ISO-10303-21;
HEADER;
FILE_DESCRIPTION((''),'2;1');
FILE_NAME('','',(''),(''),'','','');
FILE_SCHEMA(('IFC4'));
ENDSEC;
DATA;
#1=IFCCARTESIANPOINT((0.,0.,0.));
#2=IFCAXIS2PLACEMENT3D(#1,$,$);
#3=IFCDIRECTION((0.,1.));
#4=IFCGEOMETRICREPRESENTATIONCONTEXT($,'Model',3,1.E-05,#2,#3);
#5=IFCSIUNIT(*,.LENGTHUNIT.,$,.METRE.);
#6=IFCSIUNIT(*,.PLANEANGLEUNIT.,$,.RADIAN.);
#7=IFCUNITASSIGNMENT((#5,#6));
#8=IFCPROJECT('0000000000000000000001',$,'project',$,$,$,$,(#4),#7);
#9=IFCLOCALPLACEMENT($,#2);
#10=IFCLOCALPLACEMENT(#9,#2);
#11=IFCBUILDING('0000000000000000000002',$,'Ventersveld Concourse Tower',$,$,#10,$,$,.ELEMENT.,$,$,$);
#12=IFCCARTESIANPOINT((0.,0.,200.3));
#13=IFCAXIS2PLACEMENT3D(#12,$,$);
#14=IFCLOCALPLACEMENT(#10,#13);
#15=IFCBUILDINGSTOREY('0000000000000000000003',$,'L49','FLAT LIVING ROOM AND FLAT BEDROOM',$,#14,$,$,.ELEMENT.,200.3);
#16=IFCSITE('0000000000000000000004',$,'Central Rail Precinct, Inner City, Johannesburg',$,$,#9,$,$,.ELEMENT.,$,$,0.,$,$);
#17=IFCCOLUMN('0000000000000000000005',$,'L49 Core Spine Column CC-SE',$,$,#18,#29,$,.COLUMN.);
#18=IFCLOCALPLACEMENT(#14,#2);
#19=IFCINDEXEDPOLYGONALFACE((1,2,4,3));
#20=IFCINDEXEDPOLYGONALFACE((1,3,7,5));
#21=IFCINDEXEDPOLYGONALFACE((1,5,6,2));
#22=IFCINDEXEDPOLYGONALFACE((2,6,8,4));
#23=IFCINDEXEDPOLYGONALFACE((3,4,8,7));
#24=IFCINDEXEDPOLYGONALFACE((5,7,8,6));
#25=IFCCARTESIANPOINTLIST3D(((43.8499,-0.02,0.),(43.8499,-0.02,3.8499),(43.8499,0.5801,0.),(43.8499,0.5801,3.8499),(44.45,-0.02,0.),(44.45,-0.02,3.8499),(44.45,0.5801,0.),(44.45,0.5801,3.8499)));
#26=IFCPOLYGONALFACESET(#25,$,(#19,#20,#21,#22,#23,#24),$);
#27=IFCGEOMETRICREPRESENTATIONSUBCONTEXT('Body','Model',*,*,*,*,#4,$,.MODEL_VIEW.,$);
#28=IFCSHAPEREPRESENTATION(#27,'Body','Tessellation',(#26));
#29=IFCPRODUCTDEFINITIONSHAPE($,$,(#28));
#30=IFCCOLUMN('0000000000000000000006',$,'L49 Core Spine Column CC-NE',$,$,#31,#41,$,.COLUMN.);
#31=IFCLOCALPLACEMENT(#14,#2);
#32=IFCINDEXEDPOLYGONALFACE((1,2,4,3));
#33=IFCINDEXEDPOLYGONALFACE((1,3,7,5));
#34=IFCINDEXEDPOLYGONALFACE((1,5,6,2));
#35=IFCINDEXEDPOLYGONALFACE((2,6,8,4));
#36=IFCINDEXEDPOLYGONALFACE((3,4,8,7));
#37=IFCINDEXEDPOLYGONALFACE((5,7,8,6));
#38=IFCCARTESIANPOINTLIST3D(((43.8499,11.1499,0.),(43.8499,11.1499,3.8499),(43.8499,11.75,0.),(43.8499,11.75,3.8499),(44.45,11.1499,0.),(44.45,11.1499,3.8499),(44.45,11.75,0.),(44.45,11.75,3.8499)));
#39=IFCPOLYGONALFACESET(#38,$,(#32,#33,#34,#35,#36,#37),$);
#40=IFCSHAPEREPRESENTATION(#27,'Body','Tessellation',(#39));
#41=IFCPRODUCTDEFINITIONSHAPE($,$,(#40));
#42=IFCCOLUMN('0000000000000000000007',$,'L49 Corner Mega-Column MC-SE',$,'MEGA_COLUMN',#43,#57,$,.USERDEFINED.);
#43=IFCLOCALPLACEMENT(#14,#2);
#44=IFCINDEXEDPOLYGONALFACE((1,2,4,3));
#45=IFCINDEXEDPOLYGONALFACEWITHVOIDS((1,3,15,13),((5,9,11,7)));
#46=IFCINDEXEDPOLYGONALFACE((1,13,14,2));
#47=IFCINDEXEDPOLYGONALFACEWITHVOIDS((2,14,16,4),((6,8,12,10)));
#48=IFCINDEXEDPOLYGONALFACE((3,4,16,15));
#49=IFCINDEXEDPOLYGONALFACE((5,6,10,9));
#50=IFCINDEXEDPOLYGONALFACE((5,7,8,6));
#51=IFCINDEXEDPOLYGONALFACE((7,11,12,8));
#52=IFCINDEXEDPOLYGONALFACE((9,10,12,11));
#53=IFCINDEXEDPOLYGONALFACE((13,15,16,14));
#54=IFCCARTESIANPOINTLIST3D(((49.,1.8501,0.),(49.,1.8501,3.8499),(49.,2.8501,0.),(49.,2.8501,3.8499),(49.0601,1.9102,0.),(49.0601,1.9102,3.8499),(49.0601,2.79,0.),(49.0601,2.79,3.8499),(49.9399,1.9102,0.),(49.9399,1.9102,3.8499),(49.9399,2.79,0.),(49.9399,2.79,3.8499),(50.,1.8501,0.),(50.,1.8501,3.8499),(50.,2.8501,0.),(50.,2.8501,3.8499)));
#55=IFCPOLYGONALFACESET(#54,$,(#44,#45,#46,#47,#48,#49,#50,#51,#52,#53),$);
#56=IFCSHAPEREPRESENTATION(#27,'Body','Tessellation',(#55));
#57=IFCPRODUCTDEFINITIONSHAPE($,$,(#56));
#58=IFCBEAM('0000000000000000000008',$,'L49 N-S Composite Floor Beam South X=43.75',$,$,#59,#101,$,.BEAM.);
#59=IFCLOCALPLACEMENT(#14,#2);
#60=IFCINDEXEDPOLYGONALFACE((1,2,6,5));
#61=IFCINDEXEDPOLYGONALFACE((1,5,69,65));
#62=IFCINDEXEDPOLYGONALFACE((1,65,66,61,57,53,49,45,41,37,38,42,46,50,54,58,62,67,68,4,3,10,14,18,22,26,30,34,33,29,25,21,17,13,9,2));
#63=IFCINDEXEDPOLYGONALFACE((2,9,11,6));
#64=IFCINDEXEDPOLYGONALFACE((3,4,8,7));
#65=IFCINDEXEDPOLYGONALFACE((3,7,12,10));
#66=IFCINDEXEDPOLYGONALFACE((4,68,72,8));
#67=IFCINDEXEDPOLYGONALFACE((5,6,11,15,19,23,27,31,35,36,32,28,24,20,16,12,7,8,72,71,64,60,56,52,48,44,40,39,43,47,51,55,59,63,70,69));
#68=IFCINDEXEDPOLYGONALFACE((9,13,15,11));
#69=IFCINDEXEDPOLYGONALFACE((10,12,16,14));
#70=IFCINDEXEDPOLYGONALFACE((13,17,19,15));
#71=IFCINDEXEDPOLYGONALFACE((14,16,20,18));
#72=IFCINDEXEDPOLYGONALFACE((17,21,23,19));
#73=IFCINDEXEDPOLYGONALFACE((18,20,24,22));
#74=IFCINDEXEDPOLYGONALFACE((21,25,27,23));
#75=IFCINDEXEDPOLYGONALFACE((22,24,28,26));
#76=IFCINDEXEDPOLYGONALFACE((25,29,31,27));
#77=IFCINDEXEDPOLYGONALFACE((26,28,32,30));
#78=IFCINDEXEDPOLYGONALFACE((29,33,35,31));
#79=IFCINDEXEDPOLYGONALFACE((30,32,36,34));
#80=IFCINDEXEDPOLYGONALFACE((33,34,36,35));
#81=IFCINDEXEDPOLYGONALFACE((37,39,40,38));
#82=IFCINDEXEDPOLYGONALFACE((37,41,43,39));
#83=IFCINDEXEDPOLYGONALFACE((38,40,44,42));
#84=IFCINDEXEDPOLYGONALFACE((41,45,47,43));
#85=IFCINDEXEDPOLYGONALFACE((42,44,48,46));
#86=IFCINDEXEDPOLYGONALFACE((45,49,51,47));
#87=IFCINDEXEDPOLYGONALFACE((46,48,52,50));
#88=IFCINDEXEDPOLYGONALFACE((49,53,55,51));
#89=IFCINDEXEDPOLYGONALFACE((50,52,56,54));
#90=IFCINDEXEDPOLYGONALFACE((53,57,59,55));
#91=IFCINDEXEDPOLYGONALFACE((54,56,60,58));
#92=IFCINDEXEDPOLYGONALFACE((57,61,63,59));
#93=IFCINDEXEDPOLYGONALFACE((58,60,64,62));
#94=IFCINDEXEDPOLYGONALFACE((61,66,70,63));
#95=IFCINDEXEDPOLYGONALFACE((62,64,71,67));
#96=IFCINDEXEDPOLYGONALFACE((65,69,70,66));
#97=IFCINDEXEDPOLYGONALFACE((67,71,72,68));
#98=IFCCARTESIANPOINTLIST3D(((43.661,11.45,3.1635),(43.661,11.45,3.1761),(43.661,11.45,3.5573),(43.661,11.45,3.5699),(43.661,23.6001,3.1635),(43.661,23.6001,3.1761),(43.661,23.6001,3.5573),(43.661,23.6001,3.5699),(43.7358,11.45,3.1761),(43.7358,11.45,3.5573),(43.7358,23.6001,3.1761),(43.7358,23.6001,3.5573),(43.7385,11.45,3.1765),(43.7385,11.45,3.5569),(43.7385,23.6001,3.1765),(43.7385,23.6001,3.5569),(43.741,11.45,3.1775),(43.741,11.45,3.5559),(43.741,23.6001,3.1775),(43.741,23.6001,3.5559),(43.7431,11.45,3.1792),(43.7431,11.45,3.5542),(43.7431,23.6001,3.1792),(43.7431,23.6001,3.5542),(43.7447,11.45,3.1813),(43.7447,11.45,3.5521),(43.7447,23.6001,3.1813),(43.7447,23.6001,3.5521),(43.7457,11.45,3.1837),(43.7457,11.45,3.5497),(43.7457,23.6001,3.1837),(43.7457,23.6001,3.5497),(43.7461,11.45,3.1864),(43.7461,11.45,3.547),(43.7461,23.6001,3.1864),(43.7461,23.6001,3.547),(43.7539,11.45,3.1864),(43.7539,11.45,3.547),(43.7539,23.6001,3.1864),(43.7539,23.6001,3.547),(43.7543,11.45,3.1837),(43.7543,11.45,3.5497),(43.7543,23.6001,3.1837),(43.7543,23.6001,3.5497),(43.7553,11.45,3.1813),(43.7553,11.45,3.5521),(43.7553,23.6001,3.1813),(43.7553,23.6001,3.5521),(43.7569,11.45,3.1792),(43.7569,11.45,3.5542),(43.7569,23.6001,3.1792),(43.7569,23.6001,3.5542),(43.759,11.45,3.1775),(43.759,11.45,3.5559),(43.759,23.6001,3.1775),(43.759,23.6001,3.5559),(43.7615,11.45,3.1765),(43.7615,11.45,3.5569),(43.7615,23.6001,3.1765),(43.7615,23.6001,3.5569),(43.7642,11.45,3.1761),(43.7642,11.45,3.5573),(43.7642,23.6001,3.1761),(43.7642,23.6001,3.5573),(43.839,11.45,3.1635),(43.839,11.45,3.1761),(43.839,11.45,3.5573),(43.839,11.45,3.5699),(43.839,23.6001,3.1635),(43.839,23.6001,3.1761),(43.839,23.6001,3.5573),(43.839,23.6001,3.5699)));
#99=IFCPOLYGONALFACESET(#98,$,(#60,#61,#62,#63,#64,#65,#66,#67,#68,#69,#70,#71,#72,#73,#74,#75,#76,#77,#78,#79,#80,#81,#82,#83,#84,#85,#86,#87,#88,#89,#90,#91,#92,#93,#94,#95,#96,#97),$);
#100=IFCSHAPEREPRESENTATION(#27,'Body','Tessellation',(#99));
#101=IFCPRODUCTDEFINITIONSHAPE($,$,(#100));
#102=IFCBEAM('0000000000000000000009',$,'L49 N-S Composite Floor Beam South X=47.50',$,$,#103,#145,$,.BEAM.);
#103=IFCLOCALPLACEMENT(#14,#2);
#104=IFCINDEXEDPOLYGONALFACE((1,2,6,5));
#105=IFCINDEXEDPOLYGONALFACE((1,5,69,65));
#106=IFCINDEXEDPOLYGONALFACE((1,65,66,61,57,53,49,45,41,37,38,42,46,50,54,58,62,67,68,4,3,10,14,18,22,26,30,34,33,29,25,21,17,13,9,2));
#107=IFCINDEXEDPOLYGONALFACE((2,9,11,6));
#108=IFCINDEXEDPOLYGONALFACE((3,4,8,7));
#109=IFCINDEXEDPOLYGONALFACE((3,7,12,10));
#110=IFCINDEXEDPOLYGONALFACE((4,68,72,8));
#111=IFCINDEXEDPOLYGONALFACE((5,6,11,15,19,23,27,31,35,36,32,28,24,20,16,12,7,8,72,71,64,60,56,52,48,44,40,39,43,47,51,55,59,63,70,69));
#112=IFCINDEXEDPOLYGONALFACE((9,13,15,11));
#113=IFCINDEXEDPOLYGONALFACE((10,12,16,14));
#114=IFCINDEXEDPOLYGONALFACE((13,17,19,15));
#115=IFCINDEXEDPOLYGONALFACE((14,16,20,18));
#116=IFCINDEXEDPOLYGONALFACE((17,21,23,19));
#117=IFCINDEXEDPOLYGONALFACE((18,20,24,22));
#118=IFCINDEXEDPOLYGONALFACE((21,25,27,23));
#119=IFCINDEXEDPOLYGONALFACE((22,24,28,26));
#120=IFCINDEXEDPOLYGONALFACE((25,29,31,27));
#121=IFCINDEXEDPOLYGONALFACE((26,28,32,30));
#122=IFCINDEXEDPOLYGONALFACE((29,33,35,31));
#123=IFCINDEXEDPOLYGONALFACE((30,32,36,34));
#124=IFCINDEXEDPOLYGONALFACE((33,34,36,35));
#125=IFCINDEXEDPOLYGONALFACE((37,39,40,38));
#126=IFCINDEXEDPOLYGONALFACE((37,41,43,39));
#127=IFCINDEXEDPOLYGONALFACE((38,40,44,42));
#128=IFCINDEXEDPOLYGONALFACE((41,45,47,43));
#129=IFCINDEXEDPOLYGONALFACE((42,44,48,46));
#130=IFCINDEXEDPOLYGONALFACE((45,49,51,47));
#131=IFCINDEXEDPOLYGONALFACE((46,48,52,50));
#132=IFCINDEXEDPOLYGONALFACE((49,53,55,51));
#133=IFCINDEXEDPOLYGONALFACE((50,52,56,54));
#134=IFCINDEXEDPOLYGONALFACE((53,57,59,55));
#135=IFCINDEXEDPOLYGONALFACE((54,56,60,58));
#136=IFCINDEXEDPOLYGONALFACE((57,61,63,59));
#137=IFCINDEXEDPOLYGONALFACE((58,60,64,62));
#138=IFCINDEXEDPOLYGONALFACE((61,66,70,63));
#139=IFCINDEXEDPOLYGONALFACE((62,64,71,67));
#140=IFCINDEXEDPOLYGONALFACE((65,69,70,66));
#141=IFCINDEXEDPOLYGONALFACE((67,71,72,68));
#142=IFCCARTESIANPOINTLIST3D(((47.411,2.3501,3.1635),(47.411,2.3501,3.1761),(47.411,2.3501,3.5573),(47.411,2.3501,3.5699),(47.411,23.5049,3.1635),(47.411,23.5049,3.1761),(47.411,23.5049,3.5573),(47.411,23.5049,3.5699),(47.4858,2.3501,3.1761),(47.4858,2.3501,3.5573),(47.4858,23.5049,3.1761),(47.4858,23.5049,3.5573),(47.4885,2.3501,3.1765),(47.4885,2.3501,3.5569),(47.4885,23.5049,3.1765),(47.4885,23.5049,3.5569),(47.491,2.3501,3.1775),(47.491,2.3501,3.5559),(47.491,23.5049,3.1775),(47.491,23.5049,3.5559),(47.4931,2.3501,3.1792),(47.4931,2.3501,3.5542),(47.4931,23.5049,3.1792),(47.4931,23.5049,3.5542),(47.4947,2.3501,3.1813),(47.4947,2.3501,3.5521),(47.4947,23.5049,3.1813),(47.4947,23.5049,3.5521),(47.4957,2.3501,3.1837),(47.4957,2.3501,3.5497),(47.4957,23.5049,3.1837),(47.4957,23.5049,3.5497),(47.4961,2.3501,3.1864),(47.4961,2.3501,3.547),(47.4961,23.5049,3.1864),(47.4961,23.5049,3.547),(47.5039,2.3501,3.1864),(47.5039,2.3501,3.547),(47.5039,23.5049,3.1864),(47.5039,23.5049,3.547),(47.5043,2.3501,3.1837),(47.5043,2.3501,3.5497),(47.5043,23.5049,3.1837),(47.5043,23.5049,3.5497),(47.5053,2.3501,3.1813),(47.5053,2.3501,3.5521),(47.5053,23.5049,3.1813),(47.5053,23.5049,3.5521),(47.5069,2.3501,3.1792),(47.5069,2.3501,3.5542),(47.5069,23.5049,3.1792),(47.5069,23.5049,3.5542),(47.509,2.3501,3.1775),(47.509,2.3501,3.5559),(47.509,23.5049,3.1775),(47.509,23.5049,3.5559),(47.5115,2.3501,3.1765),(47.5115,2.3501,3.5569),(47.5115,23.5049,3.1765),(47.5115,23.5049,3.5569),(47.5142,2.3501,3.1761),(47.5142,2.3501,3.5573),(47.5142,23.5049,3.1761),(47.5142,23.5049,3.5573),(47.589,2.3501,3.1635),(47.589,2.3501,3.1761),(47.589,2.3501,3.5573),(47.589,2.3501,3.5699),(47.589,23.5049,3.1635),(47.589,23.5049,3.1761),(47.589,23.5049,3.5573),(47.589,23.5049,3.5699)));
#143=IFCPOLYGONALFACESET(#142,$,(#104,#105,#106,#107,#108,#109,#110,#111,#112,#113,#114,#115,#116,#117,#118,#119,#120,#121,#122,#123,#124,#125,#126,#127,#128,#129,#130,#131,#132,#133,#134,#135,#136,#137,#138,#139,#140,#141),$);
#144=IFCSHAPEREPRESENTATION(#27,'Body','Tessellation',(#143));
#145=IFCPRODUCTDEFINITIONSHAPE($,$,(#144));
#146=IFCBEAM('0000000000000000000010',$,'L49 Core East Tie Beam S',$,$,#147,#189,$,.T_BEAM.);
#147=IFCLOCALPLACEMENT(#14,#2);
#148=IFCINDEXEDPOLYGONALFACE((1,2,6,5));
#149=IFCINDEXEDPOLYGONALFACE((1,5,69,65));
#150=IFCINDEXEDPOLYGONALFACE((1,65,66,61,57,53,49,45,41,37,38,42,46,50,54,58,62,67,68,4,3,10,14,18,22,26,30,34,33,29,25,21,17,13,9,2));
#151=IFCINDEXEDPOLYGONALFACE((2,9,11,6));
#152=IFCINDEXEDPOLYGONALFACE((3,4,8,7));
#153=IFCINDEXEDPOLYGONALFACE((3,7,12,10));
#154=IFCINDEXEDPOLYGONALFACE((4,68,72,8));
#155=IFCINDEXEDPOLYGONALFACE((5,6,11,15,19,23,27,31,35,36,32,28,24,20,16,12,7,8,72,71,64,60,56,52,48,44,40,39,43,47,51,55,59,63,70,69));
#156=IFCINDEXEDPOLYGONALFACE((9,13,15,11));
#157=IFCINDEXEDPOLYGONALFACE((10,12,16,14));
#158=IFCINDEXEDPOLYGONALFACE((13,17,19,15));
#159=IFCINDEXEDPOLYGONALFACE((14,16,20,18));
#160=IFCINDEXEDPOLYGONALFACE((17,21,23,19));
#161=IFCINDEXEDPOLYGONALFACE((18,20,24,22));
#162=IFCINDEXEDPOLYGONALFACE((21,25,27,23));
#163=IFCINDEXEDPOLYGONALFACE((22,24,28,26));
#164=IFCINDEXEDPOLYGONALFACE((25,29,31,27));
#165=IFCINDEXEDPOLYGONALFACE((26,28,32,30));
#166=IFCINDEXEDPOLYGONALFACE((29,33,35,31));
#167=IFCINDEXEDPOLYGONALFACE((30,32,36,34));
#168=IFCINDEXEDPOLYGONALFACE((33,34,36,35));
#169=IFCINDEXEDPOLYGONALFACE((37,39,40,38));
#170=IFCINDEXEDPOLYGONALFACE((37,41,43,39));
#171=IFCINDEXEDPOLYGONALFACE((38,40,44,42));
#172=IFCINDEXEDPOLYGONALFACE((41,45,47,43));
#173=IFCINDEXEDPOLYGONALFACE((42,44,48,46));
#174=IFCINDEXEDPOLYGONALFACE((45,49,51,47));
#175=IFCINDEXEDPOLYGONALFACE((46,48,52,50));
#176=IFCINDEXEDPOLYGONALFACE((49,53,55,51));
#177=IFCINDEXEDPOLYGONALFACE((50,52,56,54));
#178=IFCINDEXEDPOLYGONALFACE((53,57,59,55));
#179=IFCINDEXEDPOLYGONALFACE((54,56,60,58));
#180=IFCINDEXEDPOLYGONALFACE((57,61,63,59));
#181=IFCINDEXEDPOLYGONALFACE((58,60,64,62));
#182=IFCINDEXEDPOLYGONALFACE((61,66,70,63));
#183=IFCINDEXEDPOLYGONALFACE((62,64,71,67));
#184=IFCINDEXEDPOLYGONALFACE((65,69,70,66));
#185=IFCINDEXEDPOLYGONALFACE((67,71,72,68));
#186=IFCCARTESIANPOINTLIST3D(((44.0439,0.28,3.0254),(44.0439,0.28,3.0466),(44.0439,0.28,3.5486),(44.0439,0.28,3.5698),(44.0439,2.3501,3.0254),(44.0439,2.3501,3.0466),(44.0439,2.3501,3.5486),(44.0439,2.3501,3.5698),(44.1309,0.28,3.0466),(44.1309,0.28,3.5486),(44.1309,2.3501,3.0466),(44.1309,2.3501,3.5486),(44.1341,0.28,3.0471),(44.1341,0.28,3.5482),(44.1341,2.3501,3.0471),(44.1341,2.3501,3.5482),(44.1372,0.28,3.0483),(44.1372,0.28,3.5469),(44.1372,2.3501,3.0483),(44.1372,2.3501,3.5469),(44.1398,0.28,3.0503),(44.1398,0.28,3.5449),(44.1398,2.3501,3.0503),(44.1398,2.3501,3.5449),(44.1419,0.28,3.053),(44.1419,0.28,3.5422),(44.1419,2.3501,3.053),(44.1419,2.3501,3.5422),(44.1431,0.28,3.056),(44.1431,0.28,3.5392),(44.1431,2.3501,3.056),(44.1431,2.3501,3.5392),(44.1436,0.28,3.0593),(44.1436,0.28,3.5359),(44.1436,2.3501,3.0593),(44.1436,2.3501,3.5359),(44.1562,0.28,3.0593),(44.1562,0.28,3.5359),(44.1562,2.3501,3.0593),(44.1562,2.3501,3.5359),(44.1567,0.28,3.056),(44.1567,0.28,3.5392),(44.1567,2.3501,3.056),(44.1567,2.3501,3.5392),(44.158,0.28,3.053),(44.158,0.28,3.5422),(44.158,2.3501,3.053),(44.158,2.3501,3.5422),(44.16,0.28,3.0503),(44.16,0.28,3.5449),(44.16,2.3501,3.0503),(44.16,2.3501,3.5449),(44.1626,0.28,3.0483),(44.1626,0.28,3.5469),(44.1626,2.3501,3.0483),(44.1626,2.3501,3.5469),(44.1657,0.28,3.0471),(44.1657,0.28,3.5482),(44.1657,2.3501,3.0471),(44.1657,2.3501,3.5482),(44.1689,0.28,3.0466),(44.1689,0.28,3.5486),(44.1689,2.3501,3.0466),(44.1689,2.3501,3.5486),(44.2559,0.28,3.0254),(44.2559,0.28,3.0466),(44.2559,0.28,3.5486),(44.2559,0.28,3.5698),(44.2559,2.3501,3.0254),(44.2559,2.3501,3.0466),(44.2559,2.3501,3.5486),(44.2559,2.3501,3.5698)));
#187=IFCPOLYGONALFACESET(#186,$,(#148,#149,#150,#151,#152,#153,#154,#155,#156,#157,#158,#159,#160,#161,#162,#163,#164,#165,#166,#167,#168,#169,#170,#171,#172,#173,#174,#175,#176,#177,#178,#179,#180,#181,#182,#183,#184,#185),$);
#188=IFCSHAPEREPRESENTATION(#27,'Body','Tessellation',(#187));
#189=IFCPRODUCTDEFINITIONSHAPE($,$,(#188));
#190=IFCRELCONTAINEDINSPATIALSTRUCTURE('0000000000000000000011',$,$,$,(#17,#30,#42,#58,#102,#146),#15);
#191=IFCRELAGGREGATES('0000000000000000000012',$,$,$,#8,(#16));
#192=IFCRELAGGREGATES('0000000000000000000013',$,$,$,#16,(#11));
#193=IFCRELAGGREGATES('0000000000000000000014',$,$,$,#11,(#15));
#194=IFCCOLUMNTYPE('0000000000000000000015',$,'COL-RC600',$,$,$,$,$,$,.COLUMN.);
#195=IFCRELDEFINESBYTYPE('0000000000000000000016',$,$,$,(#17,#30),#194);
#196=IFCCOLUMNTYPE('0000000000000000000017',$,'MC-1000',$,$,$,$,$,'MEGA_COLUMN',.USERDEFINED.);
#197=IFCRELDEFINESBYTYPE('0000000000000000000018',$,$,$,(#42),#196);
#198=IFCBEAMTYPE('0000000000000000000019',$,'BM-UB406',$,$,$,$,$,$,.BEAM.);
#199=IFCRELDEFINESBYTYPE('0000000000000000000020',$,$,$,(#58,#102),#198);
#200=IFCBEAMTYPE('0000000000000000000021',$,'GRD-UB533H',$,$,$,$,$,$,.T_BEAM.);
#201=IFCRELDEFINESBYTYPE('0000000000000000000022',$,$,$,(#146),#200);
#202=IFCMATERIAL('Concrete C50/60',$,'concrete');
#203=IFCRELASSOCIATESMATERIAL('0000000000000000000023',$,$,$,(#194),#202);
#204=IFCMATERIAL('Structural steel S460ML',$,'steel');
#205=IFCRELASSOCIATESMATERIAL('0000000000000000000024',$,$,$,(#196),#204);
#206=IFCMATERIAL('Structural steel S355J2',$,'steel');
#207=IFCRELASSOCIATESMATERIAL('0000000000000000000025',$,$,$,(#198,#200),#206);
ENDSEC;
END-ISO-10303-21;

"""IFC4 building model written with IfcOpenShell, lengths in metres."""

from ifc_helpers import new_model, si_unit, direction, frame, origin, origin_2d, place, context, subcontext, project, spatial, rectangle, hollow_rectangle, i_section, extrude, material, material_profile, profile_set, type_object, element, save


model = new_model("IFC4")

# Units and contexts
model_context = context("Model", 3, precision=1e-05, world=origin(), true_north=direction((0.0, 1.0)))
body_context = subcontext(model_context, "Body", "Model", "MODEL_VIEW")
ifc_project = project(units=[si_unit("LENGTHUNIT", "METRE"), si_unit("PLANEANGLEUNIT", "RADIAN")], contexts=[model_context])

# Site, building, storey
site_placement = place(None, origin())
site = spatial("IfcSite", under=ifc_project, at=site_placement, Name="Central Rail Precinct, Inner City, Johannesburg", CompositionType="ELEMENT", RefElevation=0.0)
building_placement = place(site_placement, origin())
building = spatial("IfcBuilding", under=site, at=building_placement, Name="Ventersveld Concourse Tower", CompositionType="ELEMENT")
storey_placement = place(building_placement, frame((0.0, 0.0, 200.3)))
storey = spatial("IfcBuildingStorey", under=building, at=storey_placement, Name="L49", Description="FLAT LIVING ROOM AND FLAT BEDROOM", CompositionType="ELEMENT", Elevation=200.3)

# Columns
ifc_material_1 = material(Name="Concrete C50/60", Category="concrete")
ifc_material_profile_1 = material_profile(ifc_material_1, rectangle(XDim=0.6001, YDim=0.6001, at=origin_2d()), Name="RC 600x600")
ifc_profile_set_1 = profile_set([ifc_material_profile_1], Name="Concrete C50/60")
column_type_1 = type_object("IfcColumnType", Name="COL-RC600", PredefinedType="COLUMN", material=ifc_profile_set_1)
for number, where, z_axis, x_axis, name in (
    (1, (44.1499, 0.28, 0.0), (0.0, 0.0, 1.0), (1.0, 0.0, 0.0), "L49 Core Spine Column CC-SE"),
    (2, (44.1499, 11.45, 0.0), (0.0, 0.0, 1.0), (1.0, 0.0, 0.0), "L49 Core Spine Column CC-NE"),
):
    element("IfcColumn", number, at=place(storey_placement, frame(where, z_axis=z_axis, x_axis=x_axis)), inside=storey, type_object=column_type_1, Name=name, PredefinedType="COLUMN", context=body_context, shape_type="SweptSolid", body=[
        extrude(rectangle(XDim=0.6001, YDim=0.6001, at=origin_2d()), origin(), (0.0, 0.0, 1.0), 3.8499),
    ])
ifc_material_2 = material(Name="Structural steel S460ML", Category="steel")
ifc_material_profile_2 = material_profile(ifc_material_2, hollow_rectangle(XDim=1.0, YDim=1.0, WallThickness=0.0601, at=origin_2d()), Name="BOX 1000x1000x60")
ifc_profile_set_2 = profile_set([ifc_material_profile_2], Name="Structural steel S460ML")
column_type_2 = type_object("IfcColumnType", Name="MC-1000", ElementType="MEGA_COLUMN", PredefinedType="USERDEFINED", material=ifc_profile_set_2)
column_placement = place(storey_placement, frame((49.5, 2.3501, 0.0), z_axis=(0.0, 0.0, 1.0), x_axis=(1.0, 0.0, 0.0)))
element("IfcColumn", 3, at=column_placement, inside=storey, type_object=column_type_2, Name="L49 Corner Mega-Column MC-SE", ObjectType="MEGA_COLUMN", PredefinedType="USERDEFINED", context=body_context, shape_type="SweptSolid", body=[
    extrude(hollow_rectangle(XDim=1.0, YDim=1.0, WallThickness=0.0601, at=origin_2d()), origin(), (0.0, 0.0, 1.0), 3.8499),
])

# Beams
ifc_material_3 = material(Name="Structural steel S355J2", Category="steel")
ifc_material_profile_3 = material_profile(ifc_material_3, i_section(OverallWidth=0.178, OverallDepth=0.4065, WebThickness=0.0078, FlangeThickness=0.0127, FilletRadius=0.0103, at=origin_2d()), Name="UB 406x178x60")
ifc_profile_set_3 = profile_set([ifc_material_profile_3], Name="Structural steel S355J2")
beam_type_1 = type_object("IfcBeamType", Name="BM-UB406", PredefinedType="BEAM", material=ifc_profile_set_3)
beam_1_placement = place(storey_placement, frame((43.75, 11.45, 3.3667), z_axis=(0.0, 1.0, 0.0), x_axis=(-1.0, 0.0, 0.0)))
element("IfcBeam", 4, at=beam_1_placement, inside=storey, type_object=beam_type_1, Name="L49 N-S Composite Floor Beam South X=43.75", PredefinedType="BEAM", context=body_context, shape_type="SweptSolid", body=[
    extrude(i_section(OverallWidth=0.178, OverallDepth=0.4065, WebThickness=0.0078, FlangeThickness=0.0127, FilletRadius=0.0103, at=origin_2d()), origin(), (0.0, 0.0, 1.0), 12.1501),
])
beam_2_placement = place(storey_placement, frame((47.5, 2.3501, 3.3667), z_axis=(0.0, 1.0, 0.0), x_axis=(-1.0, 0.0, 0.0)))
element("IfcBeam", 5, at=beam_2_placement, inside=storey, type_object=beam_type_1, Name="L49 N-S Composite Floor Beam South X=47.50", PredefinedType="BEAM", context=body_context, shape_type="SweptSolid", body=[
    extrude(i_section(OverallWidth=0.178, OverallDepth=0.4065, WebThickness=0.0078, FlangeThickness=0.0127, FilletRadius=0.0103, at=origin_2d()), origin(), (0.0, 0.0, 1.0), 21.1548),
])
ifc_material_profile_4 = material_profile(ifc_material_3, i_section(OverallWidth=0.2119, OverallDepth=0.5444, WebThickness=0.0127, FlangeThickness=0.0212, FilletRadius=0.0127, at=origin_2d()), Name="UB 533x210x122")
ifc_profile_set_4 = profile_set([ifc_material_profile_4], Name="Structural steel S355J2")
beam_type_2 = type_object("IfcBeamType", Name="GRD-UB533H", PredefinedType="T_BEAM", material=ifc_profile_set_4)
beam_3_placement = place(storey_placement, frame((44.1499, 0.28, 3.2976), z_axis=(0.0, 1.0, 0.0), x_axis=(-1.0, 0.0, 0.0)))
element("IfcBeam", 6, at=beam_3_placement, inside=storey, type_object=beam_type_2, Name="L49 Core East Tie Beam S", PredefinedType="T_BEAM", context=body_context, shape_type="SweptSolid", body=[
    extrude(i_section(OverallWidth=0.2119, OverallDepth=0.5444, WebThickness=0.0127, FlangeThickness=0.0212, FilletRadius=0.0127, at=origin_2d()), origin(), (0.0, 0.0, 1.0), 2.0701),
])

save(model, "model.ifc")
